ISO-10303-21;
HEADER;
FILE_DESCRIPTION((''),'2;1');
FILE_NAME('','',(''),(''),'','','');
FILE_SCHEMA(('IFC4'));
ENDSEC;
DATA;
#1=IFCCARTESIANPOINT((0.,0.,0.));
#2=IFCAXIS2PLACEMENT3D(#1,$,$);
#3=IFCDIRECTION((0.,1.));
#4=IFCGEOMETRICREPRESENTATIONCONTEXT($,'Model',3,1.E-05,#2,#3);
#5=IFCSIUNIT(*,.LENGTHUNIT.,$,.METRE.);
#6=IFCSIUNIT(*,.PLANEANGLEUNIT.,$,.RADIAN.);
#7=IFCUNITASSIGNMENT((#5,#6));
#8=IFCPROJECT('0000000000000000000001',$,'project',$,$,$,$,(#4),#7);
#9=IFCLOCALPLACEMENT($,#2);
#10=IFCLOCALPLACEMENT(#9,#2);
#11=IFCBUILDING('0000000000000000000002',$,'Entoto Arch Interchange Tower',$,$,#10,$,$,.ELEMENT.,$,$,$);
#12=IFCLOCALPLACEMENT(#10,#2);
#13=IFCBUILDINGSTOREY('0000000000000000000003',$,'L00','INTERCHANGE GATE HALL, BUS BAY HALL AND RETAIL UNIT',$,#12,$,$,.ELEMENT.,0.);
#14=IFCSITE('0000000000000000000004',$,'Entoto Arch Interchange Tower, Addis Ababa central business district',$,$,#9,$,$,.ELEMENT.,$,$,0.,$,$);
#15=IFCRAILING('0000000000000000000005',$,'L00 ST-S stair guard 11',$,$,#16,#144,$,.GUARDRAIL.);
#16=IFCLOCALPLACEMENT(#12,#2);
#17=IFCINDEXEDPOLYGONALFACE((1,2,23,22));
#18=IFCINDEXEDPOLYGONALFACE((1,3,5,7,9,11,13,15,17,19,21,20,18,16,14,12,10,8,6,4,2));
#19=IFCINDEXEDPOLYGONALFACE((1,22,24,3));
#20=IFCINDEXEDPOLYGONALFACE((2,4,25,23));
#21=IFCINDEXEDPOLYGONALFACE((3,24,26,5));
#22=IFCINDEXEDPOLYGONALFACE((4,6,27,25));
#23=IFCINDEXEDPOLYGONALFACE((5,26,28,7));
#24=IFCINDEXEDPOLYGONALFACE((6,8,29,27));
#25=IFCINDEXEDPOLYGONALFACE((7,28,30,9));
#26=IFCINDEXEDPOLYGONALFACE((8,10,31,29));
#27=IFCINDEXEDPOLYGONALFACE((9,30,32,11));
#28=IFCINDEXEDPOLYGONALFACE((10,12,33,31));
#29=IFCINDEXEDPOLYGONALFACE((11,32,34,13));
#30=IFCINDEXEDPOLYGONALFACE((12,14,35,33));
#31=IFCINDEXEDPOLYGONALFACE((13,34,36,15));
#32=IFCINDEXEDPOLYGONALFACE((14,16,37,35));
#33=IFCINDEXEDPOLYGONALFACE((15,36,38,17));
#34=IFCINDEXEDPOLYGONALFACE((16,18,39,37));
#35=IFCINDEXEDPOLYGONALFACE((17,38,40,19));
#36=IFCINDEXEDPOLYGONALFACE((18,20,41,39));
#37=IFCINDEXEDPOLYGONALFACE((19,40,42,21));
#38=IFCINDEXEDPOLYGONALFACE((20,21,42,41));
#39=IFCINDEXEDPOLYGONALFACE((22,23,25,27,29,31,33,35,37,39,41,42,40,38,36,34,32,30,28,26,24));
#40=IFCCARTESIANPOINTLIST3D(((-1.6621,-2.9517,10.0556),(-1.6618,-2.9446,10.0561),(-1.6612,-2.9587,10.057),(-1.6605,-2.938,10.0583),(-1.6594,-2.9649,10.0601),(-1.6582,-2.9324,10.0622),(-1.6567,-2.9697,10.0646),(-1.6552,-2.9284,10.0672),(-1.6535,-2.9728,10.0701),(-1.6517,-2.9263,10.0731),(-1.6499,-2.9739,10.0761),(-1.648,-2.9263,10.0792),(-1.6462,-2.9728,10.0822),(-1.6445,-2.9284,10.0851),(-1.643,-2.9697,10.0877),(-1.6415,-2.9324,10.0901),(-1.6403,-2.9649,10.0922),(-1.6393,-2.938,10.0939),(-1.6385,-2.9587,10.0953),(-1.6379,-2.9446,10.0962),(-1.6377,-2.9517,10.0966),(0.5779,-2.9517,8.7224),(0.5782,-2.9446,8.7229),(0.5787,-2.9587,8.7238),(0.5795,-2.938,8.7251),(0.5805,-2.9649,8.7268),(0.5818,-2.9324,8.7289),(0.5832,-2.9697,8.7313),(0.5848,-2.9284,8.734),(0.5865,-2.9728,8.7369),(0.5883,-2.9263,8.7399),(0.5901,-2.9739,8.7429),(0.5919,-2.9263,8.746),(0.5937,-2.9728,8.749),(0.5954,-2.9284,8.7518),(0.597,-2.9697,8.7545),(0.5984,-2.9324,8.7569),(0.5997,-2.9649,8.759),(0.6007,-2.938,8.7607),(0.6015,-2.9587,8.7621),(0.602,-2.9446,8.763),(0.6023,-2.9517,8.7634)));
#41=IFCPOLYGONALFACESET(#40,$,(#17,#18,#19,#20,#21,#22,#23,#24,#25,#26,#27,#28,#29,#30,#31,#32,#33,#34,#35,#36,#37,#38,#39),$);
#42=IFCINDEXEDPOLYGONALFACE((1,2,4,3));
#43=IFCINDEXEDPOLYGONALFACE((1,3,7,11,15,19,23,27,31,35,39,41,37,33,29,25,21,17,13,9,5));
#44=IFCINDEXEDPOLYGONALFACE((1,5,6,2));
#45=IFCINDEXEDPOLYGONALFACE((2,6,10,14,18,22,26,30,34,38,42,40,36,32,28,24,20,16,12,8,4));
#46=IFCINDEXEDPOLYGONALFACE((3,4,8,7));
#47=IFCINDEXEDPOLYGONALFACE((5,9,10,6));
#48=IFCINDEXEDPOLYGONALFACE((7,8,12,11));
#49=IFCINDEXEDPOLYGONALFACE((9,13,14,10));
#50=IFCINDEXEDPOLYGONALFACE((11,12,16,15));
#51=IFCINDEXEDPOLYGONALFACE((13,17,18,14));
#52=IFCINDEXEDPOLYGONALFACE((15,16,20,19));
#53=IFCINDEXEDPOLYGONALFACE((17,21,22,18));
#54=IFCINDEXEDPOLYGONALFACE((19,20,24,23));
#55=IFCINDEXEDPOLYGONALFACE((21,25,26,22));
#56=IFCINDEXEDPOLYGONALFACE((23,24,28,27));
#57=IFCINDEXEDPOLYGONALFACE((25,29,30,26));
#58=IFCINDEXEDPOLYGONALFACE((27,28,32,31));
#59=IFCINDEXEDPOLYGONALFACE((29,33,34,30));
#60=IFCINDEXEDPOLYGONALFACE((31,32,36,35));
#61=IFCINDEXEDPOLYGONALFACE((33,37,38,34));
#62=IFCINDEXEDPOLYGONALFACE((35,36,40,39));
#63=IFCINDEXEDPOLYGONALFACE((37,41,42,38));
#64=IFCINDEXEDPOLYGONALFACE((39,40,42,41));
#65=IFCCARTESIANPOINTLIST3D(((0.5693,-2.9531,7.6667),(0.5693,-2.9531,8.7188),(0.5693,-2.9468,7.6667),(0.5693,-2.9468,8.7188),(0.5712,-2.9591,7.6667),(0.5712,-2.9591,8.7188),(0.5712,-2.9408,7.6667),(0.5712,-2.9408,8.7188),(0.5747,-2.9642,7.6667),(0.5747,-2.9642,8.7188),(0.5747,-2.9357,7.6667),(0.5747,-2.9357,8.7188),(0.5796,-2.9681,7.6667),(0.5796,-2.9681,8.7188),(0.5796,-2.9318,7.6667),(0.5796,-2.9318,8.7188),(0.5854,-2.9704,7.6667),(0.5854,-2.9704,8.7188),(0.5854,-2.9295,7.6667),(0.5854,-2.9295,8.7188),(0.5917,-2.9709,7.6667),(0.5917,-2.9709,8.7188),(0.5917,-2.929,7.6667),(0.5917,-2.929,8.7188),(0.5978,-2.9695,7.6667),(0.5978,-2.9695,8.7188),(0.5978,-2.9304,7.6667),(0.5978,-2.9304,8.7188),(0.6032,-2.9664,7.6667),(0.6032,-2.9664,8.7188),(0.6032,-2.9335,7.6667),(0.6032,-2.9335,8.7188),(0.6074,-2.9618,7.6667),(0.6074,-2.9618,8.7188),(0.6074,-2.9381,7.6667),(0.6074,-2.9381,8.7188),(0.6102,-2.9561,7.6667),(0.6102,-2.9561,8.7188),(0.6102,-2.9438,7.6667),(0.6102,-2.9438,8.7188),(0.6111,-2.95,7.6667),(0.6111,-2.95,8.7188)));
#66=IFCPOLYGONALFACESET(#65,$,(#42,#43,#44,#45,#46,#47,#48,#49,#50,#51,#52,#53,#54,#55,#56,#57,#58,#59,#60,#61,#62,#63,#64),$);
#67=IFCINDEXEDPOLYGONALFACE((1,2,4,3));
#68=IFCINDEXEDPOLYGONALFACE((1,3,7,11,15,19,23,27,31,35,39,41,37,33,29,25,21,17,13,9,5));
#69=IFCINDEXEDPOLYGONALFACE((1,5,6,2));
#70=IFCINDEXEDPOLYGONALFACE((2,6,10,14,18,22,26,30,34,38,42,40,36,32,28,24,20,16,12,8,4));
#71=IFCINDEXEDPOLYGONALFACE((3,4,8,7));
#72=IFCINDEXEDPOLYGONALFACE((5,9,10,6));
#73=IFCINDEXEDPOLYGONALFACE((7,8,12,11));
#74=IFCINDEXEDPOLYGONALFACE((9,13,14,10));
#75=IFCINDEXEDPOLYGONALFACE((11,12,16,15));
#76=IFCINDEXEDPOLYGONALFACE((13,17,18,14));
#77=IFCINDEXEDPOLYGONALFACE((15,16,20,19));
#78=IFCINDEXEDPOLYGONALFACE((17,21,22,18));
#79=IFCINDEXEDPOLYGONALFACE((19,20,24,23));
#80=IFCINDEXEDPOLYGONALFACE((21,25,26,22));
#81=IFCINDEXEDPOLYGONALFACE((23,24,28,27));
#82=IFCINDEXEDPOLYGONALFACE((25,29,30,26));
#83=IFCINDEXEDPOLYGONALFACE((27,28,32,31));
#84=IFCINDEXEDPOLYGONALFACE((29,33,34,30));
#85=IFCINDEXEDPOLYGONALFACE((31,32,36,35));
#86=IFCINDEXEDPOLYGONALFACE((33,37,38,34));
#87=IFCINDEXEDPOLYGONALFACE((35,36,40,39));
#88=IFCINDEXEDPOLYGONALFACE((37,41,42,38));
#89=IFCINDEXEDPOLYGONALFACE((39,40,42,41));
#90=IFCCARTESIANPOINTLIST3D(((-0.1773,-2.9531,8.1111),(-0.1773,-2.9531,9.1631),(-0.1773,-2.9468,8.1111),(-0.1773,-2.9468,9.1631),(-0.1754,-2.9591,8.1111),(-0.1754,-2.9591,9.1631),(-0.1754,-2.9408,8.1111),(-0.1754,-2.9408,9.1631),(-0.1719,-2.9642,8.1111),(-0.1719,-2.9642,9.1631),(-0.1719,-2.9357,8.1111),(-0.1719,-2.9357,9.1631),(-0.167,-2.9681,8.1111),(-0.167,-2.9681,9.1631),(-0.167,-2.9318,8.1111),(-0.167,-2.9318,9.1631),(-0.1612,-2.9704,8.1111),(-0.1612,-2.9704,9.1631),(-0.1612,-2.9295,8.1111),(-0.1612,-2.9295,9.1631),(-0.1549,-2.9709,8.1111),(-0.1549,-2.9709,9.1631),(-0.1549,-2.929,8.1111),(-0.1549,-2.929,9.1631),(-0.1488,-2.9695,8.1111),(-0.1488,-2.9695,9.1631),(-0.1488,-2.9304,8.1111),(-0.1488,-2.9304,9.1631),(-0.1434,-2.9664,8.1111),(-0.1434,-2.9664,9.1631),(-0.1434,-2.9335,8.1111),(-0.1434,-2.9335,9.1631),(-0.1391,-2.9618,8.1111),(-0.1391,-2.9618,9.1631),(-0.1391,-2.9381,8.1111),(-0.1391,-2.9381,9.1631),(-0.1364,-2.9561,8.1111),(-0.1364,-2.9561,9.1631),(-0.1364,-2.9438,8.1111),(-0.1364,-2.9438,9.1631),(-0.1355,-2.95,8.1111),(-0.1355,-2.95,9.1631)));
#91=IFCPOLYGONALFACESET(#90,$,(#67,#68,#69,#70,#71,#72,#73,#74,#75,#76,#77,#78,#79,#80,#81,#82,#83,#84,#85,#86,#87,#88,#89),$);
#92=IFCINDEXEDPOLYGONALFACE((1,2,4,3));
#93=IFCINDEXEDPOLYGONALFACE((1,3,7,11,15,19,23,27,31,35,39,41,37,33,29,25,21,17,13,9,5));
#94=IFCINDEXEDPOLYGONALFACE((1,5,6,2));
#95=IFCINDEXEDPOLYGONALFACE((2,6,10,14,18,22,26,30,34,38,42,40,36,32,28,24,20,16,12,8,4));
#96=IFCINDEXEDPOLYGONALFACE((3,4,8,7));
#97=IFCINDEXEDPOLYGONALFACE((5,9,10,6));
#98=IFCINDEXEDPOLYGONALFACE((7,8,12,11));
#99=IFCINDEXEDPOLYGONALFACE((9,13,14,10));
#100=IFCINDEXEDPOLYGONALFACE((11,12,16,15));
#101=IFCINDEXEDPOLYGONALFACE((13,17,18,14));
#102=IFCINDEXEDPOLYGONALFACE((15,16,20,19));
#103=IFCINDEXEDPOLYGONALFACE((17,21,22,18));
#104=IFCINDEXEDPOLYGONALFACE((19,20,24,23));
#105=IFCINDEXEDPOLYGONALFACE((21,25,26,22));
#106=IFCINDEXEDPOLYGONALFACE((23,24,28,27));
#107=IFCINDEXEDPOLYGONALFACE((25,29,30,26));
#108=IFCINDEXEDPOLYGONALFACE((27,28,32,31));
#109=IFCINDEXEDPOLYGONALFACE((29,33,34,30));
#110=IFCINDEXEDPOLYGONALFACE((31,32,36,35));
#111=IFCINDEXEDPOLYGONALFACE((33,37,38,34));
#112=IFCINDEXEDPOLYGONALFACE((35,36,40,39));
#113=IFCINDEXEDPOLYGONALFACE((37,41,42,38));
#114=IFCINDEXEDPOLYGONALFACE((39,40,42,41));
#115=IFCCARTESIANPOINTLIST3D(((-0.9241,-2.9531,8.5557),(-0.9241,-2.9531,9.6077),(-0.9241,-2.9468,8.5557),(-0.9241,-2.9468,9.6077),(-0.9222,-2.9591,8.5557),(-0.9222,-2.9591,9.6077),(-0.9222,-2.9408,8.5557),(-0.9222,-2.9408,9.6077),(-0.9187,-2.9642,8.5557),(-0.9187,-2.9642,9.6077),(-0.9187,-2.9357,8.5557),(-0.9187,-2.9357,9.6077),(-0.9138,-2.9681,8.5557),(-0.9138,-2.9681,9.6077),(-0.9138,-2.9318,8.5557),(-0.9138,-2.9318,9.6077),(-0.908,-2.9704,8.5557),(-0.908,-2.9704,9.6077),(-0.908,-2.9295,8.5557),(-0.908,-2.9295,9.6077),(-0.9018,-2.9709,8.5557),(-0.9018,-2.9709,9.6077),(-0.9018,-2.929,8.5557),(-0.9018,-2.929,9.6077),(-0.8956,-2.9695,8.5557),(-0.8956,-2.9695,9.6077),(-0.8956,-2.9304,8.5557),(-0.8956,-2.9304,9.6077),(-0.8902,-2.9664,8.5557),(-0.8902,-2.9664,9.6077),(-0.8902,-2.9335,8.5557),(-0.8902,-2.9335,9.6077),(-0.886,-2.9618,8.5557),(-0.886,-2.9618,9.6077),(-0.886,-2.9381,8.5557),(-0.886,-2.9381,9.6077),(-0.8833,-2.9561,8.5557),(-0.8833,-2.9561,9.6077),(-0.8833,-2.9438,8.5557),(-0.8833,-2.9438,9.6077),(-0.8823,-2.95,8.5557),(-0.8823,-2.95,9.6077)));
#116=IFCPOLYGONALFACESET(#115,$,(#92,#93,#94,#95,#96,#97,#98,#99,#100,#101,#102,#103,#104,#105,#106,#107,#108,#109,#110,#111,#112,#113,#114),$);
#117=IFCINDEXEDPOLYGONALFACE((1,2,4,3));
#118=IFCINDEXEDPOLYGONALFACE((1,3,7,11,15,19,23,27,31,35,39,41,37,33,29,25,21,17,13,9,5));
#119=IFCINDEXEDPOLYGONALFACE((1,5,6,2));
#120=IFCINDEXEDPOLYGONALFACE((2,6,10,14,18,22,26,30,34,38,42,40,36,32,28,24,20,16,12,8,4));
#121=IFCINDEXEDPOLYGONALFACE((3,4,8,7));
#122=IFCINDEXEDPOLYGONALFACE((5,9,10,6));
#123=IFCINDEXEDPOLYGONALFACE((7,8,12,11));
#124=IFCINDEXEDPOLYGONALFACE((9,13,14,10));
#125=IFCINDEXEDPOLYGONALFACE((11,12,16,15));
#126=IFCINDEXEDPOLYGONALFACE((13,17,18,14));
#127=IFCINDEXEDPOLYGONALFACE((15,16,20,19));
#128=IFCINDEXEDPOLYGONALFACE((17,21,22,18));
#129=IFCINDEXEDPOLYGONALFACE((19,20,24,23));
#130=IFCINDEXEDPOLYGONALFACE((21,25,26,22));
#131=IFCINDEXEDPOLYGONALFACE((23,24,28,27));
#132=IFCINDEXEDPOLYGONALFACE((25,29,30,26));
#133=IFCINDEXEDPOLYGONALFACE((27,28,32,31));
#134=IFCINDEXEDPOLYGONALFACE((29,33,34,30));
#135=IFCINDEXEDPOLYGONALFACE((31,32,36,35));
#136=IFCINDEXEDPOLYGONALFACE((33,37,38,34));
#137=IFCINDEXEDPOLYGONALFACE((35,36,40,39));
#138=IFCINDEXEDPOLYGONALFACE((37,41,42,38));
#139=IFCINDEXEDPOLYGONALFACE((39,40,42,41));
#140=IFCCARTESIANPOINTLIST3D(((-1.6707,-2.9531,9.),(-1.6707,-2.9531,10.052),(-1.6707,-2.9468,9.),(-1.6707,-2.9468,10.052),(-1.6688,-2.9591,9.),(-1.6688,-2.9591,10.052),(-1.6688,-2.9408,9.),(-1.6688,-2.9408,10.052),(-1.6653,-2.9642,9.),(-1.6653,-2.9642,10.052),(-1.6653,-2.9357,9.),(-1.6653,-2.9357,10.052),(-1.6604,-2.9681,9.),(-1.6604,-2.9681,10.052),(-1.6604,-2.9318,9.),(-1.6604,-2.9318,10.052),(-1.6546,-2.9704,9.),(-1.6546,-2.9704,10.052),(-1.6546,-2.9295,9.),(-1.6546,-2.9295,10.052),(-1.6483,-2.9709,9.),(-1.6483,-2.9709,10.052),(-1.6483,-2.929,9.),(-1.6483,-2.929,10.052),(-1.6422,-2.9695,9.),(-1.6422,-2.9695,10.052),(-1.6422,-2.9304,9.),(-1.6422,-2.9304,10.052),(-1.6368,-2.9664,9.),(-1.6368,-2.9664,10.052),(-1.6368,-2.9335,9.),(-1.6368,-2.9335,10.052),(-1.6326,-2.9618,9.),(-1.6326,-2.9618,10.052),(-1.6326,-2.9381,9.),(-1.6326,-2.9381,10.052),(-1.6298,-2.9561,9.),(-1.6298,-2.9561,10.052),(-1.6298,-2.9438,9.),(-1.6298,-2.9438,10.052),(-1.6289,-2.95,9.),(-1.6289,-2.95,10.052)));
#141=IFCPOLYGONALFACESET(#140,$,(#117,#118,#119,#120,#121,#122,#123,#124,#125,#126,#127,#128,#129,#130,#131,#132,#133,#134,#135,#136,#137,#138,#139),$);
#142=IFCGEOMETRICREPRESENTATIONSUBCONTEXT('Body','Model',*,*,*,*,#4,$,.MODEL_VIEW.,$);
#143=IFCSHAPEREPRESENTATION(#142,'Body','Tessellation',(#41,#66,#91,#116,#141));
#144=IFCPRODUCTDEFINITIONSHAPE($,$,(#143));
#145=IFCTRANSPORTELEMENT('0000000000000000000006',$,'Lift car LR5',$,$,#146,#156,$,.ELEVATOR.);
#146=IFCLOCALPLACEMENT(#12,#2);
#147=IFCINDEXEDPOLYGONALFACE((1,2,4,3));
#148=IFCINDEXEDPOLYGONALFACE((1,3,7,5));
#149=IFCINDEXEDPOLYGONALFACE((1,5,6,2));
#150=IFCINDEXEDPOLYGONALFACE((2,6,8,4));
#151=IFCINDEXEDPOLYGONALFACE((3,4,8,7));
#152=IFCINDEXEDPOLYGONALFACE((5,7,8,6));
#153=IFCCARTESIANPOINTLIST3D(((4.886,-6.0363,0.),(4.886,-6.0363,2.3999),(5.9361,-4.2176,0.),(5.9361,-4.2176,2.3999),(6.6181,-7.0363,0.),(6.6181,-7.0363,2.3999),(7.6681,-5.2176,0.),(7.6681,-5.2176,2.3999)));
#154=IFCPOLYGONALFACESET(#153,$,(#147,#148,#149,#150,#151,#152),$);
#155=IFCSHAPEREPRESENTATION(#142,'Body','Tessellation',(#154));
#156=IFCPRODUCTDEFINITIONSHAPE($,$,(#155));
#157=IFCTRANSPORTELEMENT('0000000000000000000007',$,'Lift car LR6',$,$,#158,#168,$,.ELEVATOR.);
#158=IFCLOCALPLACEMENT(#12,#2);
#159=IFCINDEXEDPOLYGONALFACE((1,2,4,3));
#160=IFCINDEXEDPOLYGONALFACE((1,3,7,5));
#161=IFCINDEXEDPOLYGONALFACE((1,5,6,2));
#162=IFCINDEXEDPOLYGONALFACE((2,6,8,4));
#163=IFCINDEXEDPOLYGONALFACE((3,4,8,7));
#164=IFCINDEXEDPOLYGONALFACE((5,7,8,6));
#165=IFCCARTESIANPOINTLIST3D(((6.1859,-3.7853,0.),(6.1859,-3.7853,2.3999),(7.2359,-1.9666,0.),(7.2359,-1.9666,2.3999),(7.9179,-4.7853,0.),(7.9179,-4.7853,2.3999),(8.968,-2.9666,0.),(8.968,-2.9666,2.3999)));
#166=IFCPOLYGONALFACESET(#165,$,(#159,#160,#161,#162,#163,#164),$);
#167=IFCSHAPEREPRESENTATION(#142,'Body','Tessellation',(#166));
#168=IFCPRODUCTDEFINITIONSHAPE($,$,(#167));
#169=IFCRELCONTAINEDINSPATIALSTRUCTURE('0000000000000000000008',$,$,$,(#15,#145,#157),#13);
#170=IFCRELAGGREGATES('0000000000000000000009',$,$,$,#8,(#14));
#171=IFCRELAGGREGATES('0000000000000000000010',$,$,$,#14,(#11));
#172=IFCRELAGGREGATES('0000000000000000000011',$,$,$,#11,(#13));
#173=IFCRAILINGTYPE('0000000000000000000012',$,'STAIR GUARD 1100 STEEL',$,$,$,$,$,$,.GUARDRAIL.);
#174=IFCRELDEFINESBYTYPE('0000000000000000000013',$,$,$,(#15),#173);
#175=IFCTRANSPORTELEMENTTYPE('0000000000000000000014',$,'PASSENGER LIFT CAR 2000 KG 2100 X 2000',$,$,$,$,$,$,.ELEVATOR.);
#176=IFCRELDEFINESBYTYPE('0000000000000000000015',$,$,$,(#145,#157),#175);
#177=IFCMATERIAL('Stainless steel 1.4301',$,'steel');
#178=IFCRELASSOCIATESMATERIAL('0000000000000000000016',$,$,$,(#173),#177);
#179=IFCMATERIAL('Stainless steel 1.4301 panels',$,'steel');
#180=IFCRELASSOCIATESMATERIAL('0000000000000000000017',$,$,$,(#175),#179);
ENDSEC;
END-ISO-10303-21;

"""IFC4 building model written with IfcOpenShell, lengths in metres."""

from ifc_helpers import new_model, si_unit, direction, frame, origin, origin_2d, place, context, subcontext, project, spatial, rectangle, circle, extrude, material, type_object, element, save


model = new_model("IFC4")

# Units and contexts
model_context = context("Model", 3, precision=1e-05, world=origin(), true_north=direction((0.0, 1.0)))
body_context = subcontext(model_context, "Body", "Model", "MODEL_VIEW")
ifc_project = project(units=[si_unit("LENGTHUNIT", "METRE"), si_unit("PLANEANGLEUNIT", "RADIAN")], contexts=[model_context])

# Site, building, storey
site_placement = place(None, origin())
site = spatial("IfcSite", under=ifc_project, at=site_placement, Name="Entoto Arch Interchange Tower, Addis Ababa central business district", CompositionType="ELEMENT", RefElevation=0.0)
building_placement = place(site_placement, origin())
building = spatial("IfcBuilding", under=site, at=building_placement, Name="Entoto Arch Interchange Tower", CompositionType="ELEMENT")
storey_placement = place(building_placement, origin())
storey = spatial("IfcBuildingStorey", under=building, at=storey_placement, Name="L00", Description="INTERCHANGE GATE HALL, BUS BAY HALL AND RETAIL UNIT", CompositionType="ELEMENT", Elevation=0.0)

# Shared definitions
ifc_material_1 = material(Name="Stainless steel 1.4301 panels", Category="steel")

# Railing
ifc_material_2 = material(Name="Stainless steel 1.4301", Category="steel")
railing_type = type_object("IfcRailingType", Name="STAIR GUARD 1100 STEEL", PredefinedType="GUARDRAIL", material=ifc_material_2)
railing_1_placement = place(storey_placement, frame((0.5901, -2.95, 7.6667)))
element("IfcRailing", 1, at=railing_1_placement, inside=storey, type_object=railing_type, Name="L00 ST-S stair guard 11", PredefinedType="GUARDRAIL", context=body_context, shape_type="SweptSolid", body=[
    extrude(circle(Radius=0.0239, at=origin_2d()), frame((0.0, 0.0, 1.0762), z_axis=(-0.859306, 0.0, 0.511462), x_axis=(0.0, -1.0, 0.0)), (0.0, 0.0, 1.0), 2.6067),
    extrude(circle(Radius=0.021, at=origin_2d()), origin(), (0.0, 0.0, 1.0), 1.052),
    extrude(circle(Radius=0.021, at=origin_2d()), frame((-0.7466, 0.0, 0.4443)), (0.0, 0.0, 1.0), 1.052),
    extrude(circle(Radius=0.021, at=origin_2d()), frame((-1.4934, 0.0, 0.8889)), (0.0, 0.0, 1.0), 1.052),
    extrude(circle(Radius=0.021, at=origin_2d()), frame((-2.24, 0.0, 1.3333)), (0.0, 0.0, 1.0), 1.052),
])

# Transport elements
transport_element_type = type_object("IfcTransportElementType", Name="PASSENGER LIFT CAR 2000 KG 2100 X 2000", PredefinedType="ELEVATOR", material=ifc_material_1)
for number, where, z_axis, x_axis, name in (
    (2, (6.2771, -5.627, 0.0), (0.0, 0.0, 1.0), (-0.5, -0.866025, 0.0), "Lift car LR5"),
    (3, (7.5769, -3.376, 0.0), (0.0, 0.0, 1.0), (-0.5, -0.866025, 0.0), "Lift car LR6"),
):
    element("IfcTransportElement", number, at=place(storey_placement, frame(where, z_axis=z_axis, x_axis=x_axis)), inside=storey, type_object=transport_element_type, Name=name, PredefinedType="ELEVATOR", context=body_context, shape_type="SweptSolid", body=[
        extrude(rectangle(XDim=2.1001, YDim=2.0, at=origin_2d()), origin(), (0.0, 0.0, 1.0), 2.3999),
    ])

save(model, "model.ifc")
